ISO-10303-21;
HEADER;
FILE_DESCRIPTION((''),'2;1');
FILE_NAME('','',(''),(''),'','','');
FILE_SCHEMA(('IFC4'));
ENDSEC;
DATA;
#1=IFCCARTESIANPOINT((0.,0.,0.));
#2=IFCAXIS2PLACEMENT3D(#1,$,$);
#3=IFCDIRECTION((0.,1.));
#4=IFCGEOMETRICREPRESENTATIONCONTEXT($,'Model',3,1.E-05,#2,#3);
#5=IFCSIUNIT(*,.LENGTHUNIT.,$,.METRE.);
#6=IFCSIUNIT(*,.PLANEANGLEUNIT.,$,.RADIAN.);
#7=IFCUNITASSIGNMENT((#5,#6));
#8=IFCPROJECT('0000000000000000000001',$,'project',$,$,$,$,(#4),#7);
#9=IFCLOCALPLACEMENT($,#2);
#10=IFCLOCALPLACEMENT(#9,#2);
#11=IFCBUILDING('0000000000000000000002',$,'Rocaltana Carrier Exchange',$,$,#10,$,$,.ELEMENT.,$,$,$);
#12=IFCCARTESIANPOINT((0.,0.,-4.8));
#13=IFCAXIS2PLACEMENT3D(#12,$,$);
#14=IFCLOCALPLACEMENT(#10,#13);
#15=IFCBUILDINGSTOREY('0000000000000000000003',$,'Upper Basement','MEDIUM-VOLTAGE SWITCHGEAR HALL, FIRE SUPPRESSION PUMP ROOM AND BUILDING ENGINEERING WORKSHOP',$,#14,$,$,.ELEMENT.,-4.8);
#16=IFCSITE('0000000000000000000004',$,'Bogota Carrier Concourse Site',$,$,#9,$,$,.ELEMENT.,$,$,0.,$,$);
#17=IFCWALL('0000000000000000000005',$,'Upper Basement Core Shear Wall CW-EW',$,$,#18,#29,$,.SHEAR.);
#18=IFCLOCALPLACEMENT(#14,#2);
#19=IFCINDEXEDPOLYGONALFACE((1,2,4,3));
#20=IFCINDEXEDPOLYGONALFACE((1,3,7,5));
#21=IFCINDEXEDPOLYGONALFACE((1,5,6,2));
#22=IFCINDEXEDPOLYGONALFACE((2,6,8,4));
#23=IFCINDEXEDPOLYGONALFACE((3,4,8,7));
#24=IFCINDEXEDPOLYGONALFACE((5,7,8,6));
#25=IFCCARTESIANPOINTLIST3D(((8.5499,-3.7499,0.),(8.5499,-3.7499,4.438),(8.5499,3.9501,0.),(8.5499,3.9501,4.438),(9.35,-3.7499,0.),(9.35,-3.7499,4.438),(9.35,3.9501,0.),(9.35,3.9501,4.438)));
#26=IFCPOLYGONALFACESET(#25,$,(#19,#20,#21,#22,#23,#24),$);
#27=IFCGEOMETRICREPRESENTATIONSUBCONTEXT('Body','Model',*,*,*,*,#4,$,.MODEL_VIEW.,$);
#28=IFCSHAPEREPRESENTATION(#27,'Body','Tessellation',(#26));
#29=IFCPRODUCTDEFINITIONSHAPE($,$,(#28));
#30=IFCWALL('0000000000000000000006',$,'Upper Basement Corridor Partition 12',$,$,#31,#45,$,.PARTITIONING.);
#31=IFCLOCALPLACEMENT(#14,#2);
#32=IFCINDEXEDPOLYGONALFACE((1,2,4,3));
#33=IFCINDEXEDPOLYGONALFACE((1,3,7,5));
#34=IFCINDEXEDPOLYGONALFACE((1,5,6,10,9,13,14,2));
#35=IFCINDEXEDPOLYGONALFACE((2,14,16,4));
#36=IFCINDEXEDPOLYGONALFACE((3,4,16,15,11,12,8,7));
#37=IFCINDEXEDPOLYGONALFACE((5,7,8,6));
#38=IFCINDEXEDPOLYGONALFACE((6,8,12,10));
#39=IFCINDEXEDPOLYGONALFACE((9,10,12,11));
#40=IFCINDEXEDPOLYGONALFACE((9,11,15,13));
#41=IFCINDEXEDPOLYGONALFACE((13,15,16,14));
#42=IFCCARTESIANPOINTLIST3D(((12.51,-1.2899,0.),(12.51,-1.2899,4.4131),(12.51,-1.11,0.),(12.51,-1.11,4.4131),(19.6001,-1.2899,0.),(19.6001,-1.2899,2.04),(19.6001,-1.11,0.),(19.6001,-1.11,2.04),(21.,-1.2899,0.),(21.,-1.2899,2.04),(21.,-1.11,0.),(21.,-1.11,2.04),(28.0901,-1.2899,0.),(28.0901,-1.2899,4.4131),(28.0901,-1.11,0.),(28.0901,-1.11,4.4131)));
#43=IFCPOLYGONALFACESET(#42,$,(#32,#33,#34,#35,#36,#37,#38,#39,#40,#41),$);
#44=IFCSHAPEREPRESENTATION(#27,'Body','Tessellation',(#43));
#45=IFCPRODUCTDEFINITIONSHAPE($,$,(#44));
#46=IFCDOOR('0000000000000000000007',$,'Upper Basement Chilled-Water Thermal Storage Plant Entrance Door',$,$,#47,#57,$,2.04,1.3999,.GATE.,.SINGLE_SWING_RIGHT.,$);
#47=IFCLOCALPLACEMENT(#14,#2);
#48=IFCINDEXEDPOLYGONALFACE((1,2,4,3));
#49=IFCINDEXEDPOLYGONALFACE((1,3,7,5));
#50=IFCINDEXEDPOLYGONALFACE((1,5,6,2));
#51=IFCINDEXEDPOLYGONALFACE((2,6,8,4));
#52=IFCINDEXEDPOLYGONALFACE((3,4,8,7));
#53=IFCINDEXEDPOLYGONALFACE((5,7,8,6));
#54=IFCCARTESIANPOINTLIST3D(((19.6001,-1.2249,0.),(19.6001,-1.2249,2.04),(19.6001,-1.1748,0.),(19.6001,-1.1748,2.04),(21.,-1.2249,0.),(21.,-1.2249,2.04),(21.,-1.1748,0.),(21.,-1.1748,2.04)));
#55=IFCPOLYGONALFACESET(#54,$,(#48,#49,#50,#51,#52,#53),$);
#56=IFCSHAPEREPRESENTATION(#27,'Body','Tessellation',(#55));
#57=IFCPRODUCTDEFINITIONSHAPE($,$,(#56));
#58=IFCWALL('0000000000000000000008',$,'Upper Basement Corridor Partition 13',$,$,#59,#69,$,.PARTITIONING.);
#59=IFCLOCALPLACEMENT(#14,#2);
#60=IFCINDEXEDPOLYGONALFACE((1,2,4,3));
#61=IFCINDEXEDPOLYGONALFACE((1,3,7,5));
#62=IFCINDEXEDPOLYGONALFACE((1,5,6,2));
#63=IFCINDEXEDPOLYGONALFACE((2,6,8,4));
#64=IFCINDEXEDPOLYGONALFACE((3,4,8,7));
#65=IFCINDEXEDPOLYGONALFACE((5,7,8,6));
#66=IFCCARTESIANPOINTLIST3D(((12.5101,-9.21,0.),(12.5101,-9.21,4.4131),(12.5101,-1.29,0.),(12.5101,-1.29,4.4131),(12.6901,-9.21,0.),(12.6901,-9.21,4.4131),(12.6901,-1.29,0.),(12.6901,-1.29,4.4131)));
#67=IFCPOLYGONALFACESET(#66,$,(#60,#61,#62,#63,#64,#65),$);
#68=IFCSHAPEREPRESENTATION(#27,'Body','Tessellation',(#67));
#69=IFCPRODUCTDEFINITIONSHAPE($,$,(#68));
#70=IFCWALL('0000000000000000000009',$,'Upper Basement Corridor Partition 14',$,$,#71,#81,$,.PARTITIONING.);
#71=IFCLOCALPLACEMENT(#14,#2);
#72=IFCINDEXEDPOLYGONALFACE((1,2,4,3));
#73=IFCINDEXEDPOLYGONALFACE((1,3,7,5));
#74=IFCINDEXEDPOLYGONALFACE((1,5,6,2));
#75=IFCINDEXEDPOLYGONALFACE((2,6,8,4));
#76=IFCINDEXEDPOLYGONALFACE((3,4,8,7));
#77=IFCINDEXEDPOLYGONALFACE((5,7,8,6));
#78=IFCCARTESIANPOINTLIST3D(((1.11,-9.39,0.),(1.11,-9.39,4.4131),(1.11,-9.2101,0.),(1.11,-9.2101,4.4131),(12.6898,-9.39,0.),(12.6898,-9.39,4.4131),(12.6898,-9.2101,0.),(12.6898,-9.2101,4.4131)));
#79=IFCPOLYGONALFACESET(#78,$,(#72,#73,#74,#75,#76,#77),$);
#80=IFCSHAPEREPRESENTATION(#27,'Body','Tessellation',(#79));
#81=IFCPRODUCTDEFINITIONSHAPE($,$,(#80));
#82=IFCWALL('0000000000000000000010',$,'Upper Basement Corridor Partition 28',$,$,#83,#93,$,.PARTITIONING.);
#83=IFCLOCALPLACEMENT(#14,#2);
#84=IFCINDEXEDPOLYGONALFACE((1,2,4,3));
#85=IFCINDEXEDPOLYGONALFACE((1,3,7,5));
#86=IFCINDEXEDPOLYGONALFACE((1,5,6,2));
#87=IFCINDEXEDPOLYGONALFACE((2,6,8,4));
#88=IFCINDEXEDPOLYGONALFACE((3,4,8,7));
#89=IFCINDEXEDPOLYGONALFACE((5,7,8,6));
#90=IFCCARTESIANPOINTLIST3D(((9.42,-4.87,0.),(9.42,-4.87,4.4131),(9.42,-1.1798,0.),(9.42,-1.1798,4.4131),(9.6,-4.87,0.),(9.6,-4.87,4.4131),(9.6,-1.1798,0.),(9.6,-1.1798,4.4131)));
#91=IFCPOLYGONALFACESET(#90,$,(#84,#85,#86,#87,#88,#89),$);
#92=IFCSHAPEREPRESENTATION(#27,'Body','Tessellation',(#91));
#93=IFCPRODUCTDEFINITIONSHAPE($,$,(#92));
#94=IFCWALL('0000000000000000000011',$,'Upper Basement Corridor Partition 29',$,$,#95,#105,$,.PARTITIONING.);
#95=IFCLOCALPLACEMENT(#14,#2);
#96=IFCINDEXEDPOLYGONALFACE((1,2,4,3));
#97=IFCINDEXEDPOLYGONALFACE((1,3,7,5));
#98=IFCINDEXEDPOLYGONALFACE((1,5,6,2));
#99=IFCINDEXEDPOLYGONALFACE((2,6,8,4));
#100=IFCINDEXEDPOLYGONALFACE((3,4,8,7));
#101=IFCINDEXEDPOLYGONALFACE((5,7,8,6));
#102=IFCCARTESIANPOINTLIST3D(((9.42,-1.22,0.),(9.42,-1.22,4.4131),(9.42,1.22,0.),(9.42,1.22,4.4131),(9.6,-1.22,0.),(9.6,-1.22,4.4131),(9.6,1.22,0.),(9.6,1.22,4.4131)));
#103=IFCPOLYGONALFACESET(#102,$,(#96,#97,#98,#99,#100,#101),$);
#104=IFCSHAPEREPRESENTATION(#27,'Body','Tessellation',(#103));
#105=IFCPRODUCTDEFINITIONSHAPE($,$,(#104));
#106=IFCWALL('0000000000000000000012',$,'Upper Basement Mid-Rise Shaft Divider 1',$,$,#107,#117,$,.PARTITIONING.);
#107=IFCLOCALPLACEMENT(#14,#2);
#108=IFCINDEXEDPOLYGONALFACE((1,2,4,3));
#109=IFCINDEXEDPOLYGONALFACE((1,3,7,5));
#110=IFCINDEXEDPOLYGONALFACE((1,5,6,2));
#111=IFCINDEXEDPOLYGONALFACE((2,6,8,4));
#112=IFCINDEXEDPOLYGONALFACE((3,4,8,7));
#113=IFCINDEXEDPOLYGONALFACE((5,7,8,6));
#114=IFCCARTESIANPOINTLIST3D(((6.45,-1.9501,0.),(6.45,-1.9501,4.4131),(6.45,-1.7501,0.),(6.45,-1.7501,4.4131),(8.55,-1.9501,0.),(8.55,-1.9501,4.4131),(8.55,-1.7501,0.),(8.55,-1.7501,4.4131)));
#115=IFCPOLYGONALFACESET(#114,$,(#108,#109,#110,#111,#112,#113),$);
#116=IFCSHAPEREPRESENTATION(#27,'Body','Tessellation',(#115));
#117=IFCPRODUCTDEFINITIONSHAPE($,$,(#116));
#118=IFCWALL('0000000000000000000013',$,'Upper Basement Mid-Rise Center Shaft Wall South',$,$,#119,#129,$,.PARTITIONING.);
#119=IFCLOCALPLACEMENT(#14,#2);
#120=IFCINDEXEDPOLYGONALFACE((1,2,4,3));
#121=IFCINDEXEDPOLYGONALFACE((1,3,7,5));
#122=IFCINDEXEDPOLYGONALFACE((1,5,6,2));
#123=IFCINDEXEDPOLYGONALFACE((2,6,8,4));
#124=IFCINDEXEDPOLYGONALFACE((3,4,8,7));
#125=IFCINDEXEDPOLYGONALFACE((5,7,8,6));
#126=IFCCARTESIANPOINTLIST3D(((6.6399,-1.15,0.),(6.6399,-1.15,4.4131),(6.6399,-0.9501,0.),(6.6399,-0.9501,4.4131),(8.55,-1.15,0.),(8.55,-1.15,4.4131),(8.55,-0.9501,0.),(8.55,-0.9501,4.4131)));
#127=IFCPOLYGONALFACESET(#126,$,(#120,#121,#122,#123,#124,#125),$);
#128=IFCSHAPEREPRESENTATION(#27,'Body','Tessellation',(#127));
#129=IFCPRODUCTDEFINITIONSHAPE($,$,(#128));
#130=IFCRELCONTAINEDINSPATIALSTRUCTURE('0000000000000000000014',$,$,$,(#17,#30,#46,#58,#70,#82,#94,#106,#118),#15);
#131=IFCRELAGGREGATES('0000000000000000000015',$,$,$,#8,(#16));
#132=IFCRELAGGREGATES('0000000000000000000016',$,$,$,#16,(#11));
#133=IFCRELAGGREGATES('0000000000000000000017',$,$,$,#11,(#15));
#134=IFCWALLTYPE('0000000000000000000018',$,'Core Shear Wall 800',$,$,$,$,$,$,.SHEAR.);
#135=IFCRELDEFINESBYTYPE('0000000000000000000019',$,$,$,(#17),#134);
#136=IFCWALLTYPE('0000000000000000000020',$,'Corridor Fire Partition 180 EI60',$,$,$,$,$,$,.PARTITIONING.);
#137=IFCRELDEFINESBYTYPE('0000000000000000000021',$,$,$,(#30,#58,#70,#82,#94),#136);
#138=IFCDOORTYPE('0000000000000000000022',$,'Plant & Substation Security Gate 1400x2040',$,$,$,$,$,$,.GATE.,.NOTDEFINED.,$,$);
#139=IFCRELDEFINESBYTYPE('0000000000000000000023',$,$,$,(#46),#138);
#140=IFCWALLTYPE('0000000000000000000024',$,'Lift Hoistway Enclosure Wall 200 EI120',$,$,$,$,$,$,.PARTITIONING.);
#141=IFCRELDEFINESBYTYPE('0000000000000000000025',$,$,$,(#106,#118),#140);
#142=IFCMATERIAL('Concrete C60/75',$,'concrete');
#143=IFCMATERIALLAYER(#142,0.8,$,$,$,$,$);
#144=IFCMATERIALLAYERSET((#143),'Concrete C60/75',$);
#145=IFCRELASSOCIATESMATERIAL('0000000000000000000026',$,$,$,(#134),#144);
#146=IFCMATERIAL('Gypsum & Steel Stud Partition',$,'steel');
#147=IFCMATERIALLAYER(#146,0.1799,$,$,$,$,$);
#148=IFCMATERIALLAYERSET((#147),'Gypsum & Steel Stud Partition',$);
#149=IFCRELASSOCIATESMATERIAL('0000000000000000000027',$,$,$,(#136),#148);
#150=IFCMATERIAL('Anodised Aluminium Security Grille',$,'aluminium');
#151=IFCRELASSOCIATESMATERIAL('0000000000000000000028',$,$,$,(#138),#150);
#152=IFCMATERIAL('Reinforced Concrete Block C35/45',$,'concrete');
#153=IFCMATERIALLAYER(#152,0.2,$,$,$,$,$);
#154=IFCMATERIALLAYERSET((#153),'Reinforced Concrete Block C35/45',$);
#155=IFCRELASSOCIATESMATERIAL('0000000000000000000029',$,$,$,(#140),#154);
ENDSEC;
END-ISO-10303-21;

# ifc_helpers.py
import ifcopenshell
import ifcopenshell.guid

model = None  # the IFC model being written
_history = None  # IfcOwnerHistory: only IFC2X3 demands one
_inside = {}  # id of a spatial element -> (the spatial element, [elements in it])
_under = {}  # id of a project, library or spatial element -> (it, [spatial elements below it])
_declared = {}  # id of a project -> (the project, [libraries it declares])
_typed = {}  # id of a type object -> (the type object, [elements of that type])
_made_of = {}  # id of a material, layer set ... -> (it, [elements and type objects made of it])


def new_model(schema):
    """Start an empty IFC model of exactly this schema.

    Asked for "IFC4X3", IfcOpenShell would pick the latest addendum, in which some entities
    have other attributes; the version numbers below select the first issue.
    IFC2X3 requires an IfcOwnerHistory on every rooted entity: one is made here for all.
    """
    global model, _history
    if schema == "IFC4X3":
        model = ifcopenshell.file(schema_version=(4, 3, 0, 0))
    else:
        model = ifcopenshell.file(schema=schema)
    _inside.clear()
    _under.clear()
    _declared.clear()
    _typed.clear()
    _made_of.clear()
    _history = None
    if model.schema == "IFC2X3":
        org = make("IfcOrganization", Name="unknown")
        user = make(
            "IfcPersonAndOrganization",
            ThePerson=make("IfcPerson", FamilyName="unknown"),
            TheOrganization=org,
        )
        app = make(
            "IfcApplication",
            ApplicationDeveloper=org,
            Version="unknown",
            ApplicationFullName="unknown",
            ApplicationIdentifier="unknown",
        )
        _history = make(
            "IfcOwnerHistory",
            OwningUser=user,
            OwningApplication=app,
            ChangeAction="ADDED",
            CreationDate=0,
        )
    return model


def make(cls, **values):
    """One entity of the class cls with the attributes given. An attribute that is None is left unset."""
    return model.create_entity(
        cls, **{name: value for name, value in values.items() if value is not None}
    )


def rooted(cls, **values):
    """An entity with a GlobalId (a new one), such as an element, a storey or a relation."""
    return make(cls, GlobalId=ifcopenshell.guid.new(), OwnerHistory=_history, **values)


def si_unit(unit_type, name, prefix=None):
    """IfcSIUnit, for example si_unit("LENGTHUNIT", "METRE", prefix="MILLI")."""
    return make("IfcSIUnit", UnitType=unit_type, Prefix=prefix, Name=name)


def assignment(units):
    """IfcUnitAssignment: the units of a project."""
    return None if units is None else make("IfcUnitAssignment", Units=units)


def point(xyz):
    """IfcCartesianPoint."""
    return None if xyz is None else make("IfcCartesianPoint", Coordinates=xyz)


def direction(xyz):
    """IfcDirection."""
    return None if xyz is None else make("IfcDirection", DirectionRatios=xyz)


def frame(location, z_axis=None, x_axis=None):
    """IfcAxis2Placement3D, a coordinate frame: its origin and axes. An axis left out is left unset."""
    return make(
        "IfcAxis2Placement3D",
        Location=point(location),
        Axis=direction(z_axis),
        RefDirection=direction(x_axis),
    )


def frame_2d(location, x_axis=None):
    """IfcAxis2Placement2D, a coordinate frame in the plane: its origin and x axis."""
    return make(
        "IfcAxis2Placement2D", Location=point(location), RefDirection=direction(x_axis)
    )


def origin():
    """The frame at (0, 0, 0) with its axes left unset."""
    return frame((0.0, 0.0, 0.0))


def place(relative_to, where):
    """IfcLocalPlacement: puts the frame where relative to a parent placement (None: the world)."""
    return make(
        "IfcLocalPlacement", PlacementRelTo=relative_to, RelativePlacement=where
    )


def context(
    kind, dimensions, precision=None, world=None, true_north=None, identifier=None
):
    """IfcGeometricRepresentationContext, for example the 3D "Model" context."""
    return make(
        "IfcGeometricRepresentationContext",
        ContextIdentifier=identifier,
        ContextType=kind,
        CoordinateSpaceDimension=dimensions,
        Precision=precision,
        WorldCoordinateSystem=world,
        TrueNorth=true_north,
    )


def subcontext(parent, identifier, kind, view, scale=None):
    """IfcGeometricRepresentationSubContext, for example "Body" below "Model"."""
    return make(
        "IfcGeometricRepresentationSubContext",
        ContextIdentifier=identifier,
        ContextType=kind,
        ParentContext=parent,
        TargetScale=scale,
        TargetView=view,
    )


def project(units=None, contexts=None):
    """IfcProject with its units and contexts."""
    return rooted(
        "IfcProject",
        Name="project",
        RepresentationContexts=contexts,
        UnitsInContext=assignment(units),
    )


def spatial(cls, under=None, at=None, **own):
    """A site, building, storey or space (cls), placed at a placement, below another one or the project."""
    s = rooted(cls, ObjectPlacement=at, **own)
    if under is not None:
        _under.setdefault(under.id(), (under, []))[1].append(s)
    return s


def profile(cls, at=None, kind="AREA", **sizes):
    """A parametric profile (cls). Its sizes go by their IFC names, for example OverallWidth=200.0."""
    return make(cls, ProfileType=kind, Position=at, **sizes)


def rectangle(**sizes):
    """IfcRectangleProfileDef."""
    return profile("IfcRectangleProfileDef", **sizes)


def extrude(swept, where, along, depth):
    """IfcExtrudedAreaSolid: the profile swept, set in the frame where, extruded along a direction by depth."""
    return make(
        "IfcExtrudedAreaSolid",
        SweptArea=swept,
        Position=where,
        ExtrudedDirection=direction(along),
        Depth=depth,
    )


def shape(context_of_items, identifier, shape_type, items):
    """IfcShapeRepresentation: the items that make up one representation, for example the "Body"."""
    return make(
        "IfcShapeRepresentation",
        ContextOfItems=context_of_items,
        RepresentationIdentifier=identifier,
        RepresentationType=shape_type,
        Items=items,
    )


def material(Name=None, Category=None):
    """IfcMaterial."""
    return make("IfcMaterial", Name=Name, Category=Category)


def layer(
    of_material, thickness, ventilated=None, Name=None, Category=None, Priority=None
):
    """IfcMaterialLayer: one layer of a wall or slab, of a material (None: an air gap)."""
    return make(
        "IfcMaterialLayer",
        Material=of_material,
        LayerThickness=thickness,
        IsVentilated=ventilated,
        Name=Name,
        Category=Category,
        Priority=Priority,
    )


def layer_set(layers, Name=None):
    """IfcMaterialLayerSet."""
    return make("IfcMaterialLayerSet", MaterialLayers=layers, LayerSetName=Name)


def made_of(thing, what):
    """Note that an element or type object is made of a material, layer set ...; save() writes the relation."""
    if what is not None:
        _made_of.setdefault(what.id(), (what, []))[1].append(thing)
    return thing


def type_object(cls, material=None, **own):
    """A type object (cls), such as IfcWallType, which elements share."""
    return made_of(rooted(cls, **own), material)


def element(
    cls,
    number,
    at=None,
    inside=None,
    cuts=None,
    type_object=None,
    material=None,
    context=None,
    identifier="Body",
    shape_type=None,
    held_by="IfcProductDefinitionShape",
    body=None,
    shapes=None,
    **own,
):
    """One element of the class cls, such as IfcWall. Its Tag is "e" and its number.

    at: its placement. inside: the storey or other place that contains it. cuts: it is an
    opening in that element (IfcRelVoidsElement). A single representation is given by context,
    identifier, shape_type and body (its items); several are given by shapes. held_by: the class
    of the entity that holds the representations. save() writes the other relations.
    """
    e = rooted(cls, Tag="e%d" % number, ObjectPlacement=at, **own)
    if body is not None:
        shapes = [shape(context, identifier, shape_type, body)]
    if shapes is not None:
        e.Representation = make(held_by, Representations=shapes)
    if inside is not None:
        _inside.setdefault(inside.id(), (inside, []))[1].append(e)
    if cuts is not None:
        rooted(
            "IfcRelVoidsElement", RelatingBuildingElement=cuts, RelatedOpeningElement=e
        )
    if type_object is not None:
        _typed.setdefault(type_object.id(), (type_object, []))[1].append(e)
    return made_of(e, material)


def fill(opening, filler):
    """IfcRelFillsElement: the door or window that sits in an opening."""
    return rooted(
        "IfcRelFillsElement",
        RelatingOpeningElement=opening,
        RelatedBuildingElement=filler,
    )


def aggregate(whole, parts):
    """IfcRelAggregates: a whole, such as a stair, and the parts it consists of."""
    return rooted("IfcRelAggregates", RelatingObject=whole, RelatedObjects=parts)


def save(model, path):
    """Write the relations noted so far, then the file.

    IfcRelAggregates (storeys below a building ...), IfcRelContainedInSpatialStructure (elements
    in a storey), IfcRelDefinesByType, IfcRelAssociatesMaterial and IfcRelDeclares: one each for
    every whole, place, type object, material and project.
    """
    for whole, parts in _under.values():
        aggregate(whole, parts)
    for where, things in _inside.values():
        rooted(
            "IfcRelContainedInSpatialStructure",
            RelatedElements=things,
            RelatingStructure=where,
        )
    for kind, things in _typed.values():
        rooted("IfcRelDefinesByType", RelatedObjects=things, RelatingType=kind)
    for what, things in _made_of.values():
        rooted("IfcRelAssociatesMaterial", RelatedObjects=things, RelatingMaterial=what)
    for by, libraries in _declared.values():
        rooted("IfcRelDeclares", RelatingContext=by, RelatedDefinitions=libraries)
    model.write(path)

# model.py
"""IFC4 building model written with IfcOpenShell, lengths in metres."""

from ifc_helpers import new_model, si_unit, direction, frame, frame_2d, origin, place, context, subcontext, project, spatial, rectangle, extrude, material, layer, layer_set, type_object, element, fill, save


model = new_model("IFC4")

# Units and contexts
model_context = context("Model", 3, precision=1e-05, world=origin(), true_north=direction((0.0, 1.0)))
body_context = subcontext(model_context, "Body", "Model", "MODEL_VIEW")
ifc_project = project(units=[si_unit("LENGTHUNIT", "METRE"), si_unit("PLANEANGLEUNIT", "RADIAN")], contexts=[model_context])

# Site, building, storey
site_placement = place(None, origin())
site = spatial("IfcSite", under=ifc_project, at=site_placement, Name="Bogota Carrier Concourse Site", CompositionType="ELEMENT", RefElevation=0.0)
building_placement = place(site_placement, origin())
building = spatial("IfcBuilding", under=site, at=building_placement, Name="Rocaltana Carrier Exchange", CompositionType="ELEMENT")
storey_placement = place(building_placement, frame((0.0, 0.0, -4.8)))
storey = spatial("IfcBuildingStorey", under=building, at=storey_placement, Name="Upper Basement", Description="MEDIUM-VOLTAGE SWITCHGEAR HALL, FIRE SUPPRESSION PUMP ROOM AND BUILDING ENGINEERING WORKSHOP", CompositionType="ELEMENT", Elevation=-4.8)

# Wall
ifc_material_1 = material(Name="Concrete C60/75", Category="concrete")
ifc_layer_1 = layer(ifc_material_1, 0.8)
ifc_layer_set_1 = layer_set([ifc_layer_1], Name="Concrete C60/75")
wall_type_1 = type_object("IfcWallType", Name="Core Shear Wall 800", PredefinedType="SHEAR", material=ifc_layer_set_1)
wall_1_placement = place(storey_placement, frame((8.95, -3.75, 0.0), z_axis=(0.0, 0.0, 1.0), x_axis=(0.0, 1.0, 0.0)))
element("IfcWall", 1, at=wall_1_placement, inside=storey, type_object=wall_type_1, Name="Upper Basement Core Shear Wall CW-EW", PredefinedType="SHEAR", context=body_context, shape_type="SweptSolid", body=[
    extrude(rectangle(XDim=7.7, YDim=0.8, at=frame_2d((3.8501, 0.0))), origin(), (0.0, 0.0, 1.0), 4.438),
])

# Wall, opening, door
ifc_material_2 = material(Name="Gypsum & Steel Stud Partition", Category="steel")
ifc_layer_2 = layer(ifc_material_2, 0.1799)
ifc_layer_set_2 = layer_set([ifc_layer_2], Name="Gypsum & Steel Stud Partition")
wall_type_2 = type_object("IfcWallType", Name="Corridor Fire Partition 180 EI60", PredefinedType="PARTITIONING", material=ifc_layer_set_2)
wall_2_placement = place(storey_placement, frame((28.0901, -1.2, 0.0), z_axis=(0.0, 0.0, 1.0), x_axis=(-1.0, 0.0, 0.0)))
wall_2 = element("IfcWall", 2, at=wall_2_placement, inside=storey, type_object=wall_type_2, Name="Upper Basement Corridor Partition 12", PredefinedType="PARTITIONING", context=body_context, shape_type="SweptSolid", body=[
    extrude(rectangle(XDim=15.5801, YDim=0.1799, at=frame_2d((7.79, 0.0))), origin(), (0.0, 0.0, 1.0), 4.4131),
])
opening_placement = place(wall_2_placement, frame((7.0901, 0.0, 0.0)))
opening = element("IfcOpeningElement", 3, at=opening_placement, cuts=wall_2, PredefinedType="OPENING", context=body_context, shape_type="SweptSolid", body=[
    extrude(rectangle(XDim=1.3999, YDim=2.04, at=frame_2d((0.7, 1.02))), frame((0.0, 0.0999, 0.0), z_axis=(0.0, -1.0, 0.0), x_axis=(1.0, 0.0, 0.0)), (0.0, 0.0, 1.0), 0.2),
])
ifc_material_3 = material(Name="Anodised Aluminium Security Grille", Category="aluminium")
door_type = type_object("IfcDoorType", Name="Plant & Substation Security Gate 1400x2040", OperationType="NOTDEFINED", PredefinedType="GATE", material=ifc_material_3)
door_placement = place(opening_placement, origin())
door = element("IfcDoor", 4, at=door_placement, inside=storey, type_object=door_type, Name="Upper Basement Chilled-Water Thermal Storage Plant Entrance Door", OperationType="SINGLE_SWING_RIGHT", OverallHeight=2.04, OverallWidth=1.3999, PredefinedType="GATE", context=body_context, shape_type="SweptSolid", body=[
    extrude(rectangle(XDim=1.3999, YDim=2.04, at=frame_2d((0.7, 1.02))), frame((0.0, 0.0249, 0.0), z_axis=(0.0, -1.0, 0.0), x_axis=(1.0, 0.0, 0.0)), (0.0, 0.0, 1.0), 0.05),
])
fill(opening, door)

# Walls
wall_3_placement = place(storey_placement, frame((12.6001, -1.29, 0.0), z_axis=(0.0, 0.0, 1.0), x_axis=(0.0, -1.0, 0.0)))
element("IfcWall", 5, at=wall_3_placement, inside=storey, type_object=wall_type_2, Name="Upper Basement Corridor Partition 13", PredefinedType="PARTITIONING", context=body_context, shape_type="SweptSolid", body=[
    extrude(rectangle(XDim=7.9199, YDim=0.1799, at=frame_2d((3.96, 0.0))), origin(), (0.0, 0.0, 1.0), 4.4131),
])
wall_4_placement = place(storey_placement, frame((12.6899, -9.3, 0.0), z_axis=(0.0, 0.0, 1.0), x_axis=(-1.0, 0.0, 0.0)))
element("IfcWall", 6, at=wall_4_placement, inside=storey, type_object=wall_type_2, Name="Upper Basement Corridor Partition 14", PredefinedType="PARTITIONING", context=body_context, shape_type="SweptSolid", body=[
    extrude(rectangle(XDim=11.5798, YDim=0.1799, at=frame_2d((5.79, 0.0))), origin(), (0.0, 0.0, 1.0), 4.4131),
])
wall_5_placement = place(storey_placement, frame((9.51, -4.8701, 0.0), z_axis=(0.0, 0.0, 1.0), x_axis=(0.0, 1.0, 0.0)))
element("IfcWall", 7, at=wall_5_placement, inside=storey, type_object=wall_type_2, Name="Upper Basement Corridor Partition 28", PredefinedType="PARTITIONING", context=body_context, shape_type="SweptSolid", body=[
    extrude(rectangle(XDim=3.6902, YDim=0.1799, at=frame_2d((1.8452, 0.0))), origin(), (0.0, 0.0, 1.0), 4.4131),
])
wall_6_placement = place(storey_placement, frame((9.51, -1.22, 0.0), z_axis=(0.0, 0.0, 1.0), x_axis=(0.0, 1.0, 0.0)))
element("IfcWall", 8, at=wall_6_placement, inside=storey, type_object=wall_type_2, Name="Upper Basement Corridor Partition 29", PredefinedType="PARTITIONING", context=body_context, shape_type="SweptSolid", body=[
    extrude(rectangle(XDim=2.4399, YDim=0.1799, at=frame_2d((1.22, 0.0))), origin(), (0.0, 0.0, 1.0), 4.4131),
])
ifc_material_4 = material(Name="Reinforced Concrete Block C35/45", Category="concrete")
ifc_layer_3 = layer(ifc_material_4, 0.2)
ifc_layer_set_3 = layer_set([ifc_layer_3], Name="Reinforced Concrete Block C35/45")
wall_type_3 = type_object("IfcWallType", Name="Lift Hoistway Enclosure Wall 200 EI120", PredefinedType="PARTITIONING", material=ifc_layer_set_3)
wall_7_placement = place(storey_placement, frame((6.45, -1.8501, 0.0), z_axis=(0.0, 0.0, 1.0), x_axis=(1.0, 0.0, 0.0)))
element("IfcWall", 9, at=wall_7_placement, inside=storey, type_object=wall_type_3, Name="Upper Basement Mid-Rise Shaft Divider 1", PredefinedType="PARTITIONING", context=body_context, shape_type="SweptSolid", body=[
    extrude(rectangle(XDim=2.1001, YDim=0.2, at=frame_2d((1.05, 0.0))), origin(), (0.0, 0.0, 1.0), 4.4131),
])
wall_8_placement = place(storey_placement, frame((6.6399, -1.05, 0.0), z_axis=(0.0, 0.0, 1.0), x_axis=(1.0, 0.0, 0.0)))
element("IfcWall", 10, at=wall_8_placement, inside=storey, type_object=wall_type_3, Name="Upper Basement Mid-Rise Center Shaft Wall South", PredefinedType="PARTITIONING", context=body_context, shape_type="SweptSolid", body=[
    extrude(rectangle(XDim=1.9102, YDim=0.2, at=frame_2d((0.9551, 0.0))), origin(), (0.0, 0.0, 1.0), 4.4131),
])

save(model, "model.ifc")
